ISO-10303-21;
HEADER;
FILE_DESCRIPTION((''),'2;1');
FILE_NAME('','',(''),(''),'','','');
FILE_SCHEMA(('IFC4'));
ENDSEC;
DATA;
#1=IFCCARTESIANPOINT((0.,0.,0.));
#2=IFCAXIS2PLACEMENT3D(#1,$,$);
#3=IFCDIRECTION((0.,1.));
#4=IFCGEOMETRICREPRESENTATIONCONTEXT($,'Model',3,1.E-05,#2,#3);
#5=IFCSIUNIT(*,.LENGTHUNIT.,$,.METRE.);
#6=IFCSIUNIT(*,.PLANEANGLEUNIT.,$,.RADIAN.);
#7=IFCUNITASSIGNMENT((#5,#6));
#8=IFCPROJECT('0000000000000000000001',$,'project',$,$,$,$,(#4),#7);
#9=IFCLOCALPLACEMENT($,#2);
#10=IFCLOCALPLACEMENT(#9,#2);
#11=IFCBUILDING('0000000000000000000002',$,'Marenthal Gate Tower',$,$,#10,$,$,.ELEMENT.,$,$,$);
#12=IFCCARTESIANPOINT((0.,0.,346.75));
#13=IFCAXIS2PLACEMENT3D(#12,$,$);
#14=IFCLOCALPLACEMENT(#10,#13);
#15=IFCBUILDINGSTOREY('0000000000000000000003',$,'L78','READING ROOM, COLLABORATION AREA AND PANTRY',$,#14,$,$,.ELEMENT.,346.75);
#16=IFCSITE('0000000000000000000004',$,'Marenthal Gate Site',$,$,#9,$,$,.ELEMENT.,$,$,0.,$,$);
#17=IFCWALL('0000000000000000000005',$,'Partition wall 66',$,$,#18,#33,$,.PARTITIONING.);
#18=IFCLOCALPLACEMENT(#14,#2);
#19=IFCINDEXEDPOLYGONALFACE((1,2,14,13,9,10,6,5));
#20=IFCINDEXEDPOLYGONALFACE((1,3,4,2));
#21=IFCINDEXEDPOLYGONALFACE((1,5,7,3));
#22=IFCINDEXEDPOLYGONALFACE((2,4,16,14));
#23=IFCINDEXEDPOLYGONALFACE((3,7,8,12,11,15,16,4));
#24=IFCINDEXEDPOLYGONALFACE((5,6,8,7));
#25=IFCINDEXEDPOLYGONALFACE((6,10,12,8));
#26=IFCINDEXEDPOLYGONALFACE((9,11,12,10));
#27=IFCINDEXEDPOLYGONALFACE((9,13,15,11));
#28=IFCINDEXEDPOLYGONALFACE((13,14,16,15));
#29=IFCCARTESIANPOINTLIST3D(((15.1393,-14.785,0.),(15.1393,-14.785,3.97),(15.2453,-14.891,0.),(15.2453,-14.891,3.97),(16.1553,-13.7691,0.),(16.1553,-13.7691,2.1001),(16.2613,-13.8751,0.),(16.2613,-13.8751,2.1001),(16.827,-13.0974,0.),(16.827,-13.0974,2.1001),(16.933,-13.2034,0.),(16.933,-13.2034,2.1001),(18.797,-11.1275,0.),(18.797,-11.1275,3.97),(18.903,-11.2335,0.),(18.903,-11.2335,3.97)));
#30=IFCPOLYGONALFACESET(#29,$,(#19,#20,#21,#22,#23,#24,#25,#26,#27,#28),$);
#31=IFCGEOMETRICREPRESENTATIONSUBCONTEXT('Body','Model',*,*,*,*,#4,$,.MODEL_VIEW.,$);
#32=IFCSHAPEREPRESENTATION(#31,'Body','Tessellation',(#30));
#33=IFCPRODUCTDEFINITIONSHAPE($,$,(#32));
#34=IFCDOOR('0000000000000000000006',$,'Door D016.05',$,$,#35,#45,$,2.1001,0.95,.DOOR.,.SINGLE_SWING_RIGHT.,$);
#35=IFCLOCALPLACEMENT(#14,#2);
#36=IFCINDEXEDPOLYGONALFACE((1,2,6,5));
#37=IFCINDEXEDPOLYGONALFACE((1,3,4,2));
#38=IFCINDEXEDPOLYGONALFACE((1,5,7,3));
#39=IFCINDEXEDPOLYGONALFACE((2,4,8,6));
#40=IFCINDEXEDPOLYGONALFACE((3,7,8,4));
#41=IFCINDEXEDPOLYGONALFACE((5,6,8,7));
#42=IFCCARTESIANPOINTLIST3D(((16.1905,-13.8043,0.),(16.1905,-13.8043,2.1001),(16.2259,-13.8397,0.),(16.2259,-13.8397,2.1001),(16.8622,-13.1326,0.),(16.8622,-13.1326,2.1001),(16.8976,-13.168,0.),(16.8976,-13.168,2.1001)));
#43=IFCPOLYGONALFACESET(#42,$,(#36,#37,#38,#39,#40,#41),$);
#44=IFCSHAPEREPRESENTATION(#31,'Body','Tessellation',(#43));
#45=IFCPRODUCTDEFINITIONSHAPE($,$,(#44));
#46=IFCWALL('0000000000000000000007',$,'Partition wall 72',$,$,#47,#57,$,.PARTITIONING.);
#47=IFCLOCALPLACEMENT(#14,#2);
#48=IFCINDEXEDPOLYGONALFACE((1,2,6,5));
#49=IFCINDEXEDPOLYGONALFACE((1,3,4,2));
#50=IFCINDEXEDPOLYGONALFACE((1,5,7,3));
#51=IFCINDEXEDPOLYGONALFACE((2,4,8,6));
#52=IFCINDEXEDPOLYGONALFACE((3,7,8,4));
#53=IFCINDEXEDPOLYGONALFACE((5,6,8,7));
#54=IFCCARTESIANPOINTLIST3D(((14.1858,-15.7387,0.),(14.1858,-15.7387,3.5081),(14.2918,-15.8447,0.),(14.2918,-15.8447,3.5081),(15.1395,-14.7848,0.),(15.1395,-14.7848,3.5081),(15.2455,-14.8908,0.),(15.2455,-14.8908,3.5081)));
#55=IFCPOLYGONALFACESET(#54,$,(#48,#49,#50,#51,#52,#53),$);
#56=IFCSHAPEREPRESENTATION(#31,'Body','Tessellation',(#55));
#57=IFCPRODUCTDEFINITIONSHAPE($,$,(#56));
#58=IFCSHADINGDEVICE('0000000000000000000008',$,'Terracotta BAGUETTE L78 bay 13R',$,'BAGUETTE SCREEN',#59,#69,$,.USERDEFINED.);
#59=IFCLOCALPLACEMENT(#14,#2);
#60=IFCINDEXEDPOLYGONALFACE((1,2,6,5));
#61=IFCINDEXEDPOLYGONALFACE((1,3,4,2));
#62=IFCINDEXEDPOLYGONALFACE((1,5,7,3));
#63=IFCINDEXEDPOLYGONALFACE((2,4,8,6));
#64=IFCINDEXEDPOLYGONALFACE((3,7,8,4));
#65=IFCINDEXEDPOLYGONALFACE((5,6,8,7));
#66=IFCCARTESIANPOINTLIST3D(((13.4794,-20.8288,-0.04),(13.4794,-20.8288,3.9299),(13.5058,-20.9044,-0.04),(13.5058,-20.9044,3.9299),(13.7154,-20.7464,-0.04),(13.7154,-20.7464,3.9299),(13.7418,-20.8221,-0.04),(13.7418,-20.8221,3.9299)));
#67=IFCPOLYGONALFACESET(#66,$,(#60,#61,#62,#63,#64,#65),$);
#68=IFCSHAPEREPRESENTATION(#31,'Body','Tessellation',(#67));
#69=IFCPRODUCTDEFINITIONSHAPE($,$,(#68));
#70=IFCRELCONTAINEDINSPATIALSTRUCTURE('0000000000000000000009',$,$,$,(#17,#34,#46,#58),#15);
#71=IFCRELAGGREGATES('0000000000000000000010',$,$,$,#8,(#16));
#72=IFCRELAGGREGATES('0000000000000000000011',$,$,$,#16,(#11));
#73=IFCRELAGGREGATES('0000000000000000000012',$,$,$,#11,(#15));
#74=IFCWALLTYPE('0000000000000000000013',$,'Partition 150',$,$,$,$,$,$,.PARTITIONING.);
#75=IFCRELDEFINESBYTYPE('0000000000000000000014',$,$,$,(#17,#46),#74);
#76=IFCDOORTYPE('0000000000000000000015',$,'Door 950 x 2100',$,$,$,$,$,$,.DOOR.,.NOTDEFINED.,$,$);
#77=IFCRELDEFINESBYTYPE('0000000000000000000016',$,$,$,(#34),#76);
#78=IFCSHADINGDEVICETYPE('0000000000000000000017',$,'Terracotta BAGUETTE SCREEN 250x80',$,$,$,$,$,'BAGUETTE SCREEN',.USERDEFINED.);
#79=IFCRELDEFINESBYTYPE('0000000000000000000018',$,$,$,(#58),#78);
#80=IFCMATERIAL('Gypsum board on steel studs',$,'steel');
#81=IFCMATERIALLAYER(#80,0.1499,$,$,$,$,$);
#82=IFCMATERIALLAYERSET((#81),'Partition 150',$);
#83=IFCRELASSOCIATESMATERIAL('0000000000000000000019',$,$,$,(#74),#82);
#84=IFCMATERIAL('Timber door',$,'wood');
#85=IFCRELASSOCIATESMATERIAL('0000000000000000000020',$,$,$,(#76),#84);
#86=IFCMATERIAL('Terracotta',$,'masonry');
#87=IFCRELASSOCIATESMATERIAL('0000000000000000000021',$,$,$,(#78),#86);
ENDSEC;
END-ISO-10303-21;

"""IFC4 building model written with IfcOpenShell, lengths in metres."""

from ifc_helpers import new_model, si_unit, direction, frame, frame_2d, origin, origin_2d, place, context, subcontext, project, spatial, rectangle, extrude, material, layer, layer_set, material_profile, profile_set, type_object, element, fill, save


model = new_model("IFC4")

# Units and contexts
model_context = context("Model", 3, precision=1e-05, world=origin(), true_north=direction((0.0, 1.0)))
body_context = subcontext(model_context, "Body", "Model", "MODEL_VIEW")
ifc_project = project(units=[si_unit("LENGTHUNIT", "METRE"), si_unit("PLANEANGLEUNIT", "RADIAN")], contexts=[model_context])

# Site, building, storey
site_placement = place(None, origin())
site = spatial("IfcSite", under=ifc_project, at=site_placement, Name="Marenthal Gate Site", CompositionType="ELEMENT", RefElevation=0.0)
building_placement = place(site_placement, origin())
building = spatial("IfcBuilding", under=site, at=building_placement, Name="Marenthal Gate Tower", CompositionType="ELEMENT")
storey_placement = place(building_placement, frame((0.0, 0.0, 346.75)))
storey = spatial("IfcBuildingStorey", under=building, at=storey_placement, Name="L78", Description="READING ROOM, COLLABORATION AREA AND PANTRY", CompositionType="ELEMENT", Elevation=346.75)

# Shared definitions
ifc_material_1 = material(Name="Gypsum board on steel studs", Category="steel")
ifc_layer_1 = layer(ifc_material_1, 0.1499)
ifc_layer_set_1 = layer_set([ifc_layer_1], Name="Partition 150")
wall_type_1 = type_object("IfcWallType", Name="Partition 150", PredefinedType="PARTITIONING", material=ifc_layer_set_1)

# Wall, opening, door
wall_1_placement = place(storey_placement, frame((18.8501, -11.1804, 0.0), z_axis=(0.0, 0.0, 1.0), x_axis=(-0.70713, -0.707083, 0.0)))
wall_1 = element("IfcWall", 1, at=wall_1_placement, inside=storey, type_object=wall_type_1, Name="Partition wall 66", PredefinedType="PARTITIONING", context=body_context, shape_type="SweptSolid", body=[
    extrude(rectangle(XDim=5.1726, YDim=0.1499, at=frame_2d((2.5864, 0.0))), origin(), (0.0, 0.0, 1.0), 3.97),
])
opening_1_placement = place(wall_1_placement, frame((2.7859, 0.0, 0.0)))
opening_1 = element("IfcOpeningElement", 2, at=opening_1_placement, cuts=wall_1, PredefinedType="OPENING", context=body_context, shape_type="SweptSolid", body=[
    extrude(rectangle(XDim=0.95, YDim=2.1001, at=frame_2d((0.4751, 1.05))), frame((0.0, 0.085, 0.0), z_axis=(0.0, -1.0, 0.0), x_axis=(1.0, 0.0, 0.0)), (0.0, 0.0, 1.0), 0.1699),
])
ifc_material_2 = material(Name="Timber door", Category="wood")
door_type_1 = type_object("IfcDoorType", Name="Door 950 x 2100", OperationType="NOTDEFINED", PredefinedType="DOOR", material=ifc_material_2)
door_1_placement = place(opening_1_placement, origin())
door_1 = element("IfcDoor", 3, at=door_1_placement, inside=storey, type_object=door_type_1, Name="Door D016.05", OperationType="SINGLE_SWING_RIGHT", OverallHeight=2.1001, OverallWidth=0.95, PredefinedType="DOOR", context=body_context, shape_type="SweptSolid", body=[
    extrude(rectangle(XDim=0.95, YDim=2.1001, at=frame_2d((0.4751, 1.05))), frame((0.0, 0.0249, 0.0), z_axis=(0.0, -1.0, 0.0), x_axis=(1.0, 0.0, 0.0)), (0.0, 0.0, 1.0), 0.05),
])
fill(opening_1, door_1)

# Wall
wall_2_placement = place(storey_placement, frame((15.1924, -14.8379, 0.0), z_axis=(0.0, 0.0, 1.0), x_axis=(-0.707016, -0.707197, 0.0)))
element("IfcWall", 4, at=wall_2_placement, inside=storey, type_object=wall_type_1, Name="Partition wall 72", PredefinedType="PARTITIONING", context=body_context, shape_type="SweptSolid", body=[
    extrude(rectangle(XDim=1.3489, YDim=0.1499, at=frame_2d((0.6743, 0.0))), origin(), (0.0, 0.0, 1.0), 3.5081),
])

# Shading device
ifc_material_3 = material(Name="Terracotta", Category="masonry")
ifc_material_profile_1 = material_profile(ifc_material_3, rectangle(XDim=0.25, YDim=0.0801, at=origin_2d()), Name="Terracotta baguette 250x80")
ifc_profile_set_1 = profile_set([ifc_material_profile_1], Name="Terracotta")
shading_device_type = type_object("IfcShadingDeviceType", Name="Terracotta BAGUETTE SCREEN 250x80", ElementType="BAGUETTE SCREEN", PredefinedType="USERDEFINED", material=ifc_profile_set_1)
shading_device_placement = place(storey_placement, frame((13.6106, -20.8254, -0.04), z_axis=(0.0, 0.0, 1.0), x_axis=(0.944152, 0.32951, 0.0)))
element("IfcShadingDevice", 5, at=shading_device_placement, inside=storey, type_object=shading_device_type, Name="Terracotta BAGUETTE L78 bay 13R", ObjectType="BAGUETTE SCREEN", PredefinedType="USERDEFINED", context=body_context, shape_type="SweptSolid", body=[
    extrude(rectangle(XDim=0.25, YDim=0.0801, at=origin_2d()), origin(), (0.0, 0.0, 1.0), 3.97),
])

save(model, "model.ifc")
